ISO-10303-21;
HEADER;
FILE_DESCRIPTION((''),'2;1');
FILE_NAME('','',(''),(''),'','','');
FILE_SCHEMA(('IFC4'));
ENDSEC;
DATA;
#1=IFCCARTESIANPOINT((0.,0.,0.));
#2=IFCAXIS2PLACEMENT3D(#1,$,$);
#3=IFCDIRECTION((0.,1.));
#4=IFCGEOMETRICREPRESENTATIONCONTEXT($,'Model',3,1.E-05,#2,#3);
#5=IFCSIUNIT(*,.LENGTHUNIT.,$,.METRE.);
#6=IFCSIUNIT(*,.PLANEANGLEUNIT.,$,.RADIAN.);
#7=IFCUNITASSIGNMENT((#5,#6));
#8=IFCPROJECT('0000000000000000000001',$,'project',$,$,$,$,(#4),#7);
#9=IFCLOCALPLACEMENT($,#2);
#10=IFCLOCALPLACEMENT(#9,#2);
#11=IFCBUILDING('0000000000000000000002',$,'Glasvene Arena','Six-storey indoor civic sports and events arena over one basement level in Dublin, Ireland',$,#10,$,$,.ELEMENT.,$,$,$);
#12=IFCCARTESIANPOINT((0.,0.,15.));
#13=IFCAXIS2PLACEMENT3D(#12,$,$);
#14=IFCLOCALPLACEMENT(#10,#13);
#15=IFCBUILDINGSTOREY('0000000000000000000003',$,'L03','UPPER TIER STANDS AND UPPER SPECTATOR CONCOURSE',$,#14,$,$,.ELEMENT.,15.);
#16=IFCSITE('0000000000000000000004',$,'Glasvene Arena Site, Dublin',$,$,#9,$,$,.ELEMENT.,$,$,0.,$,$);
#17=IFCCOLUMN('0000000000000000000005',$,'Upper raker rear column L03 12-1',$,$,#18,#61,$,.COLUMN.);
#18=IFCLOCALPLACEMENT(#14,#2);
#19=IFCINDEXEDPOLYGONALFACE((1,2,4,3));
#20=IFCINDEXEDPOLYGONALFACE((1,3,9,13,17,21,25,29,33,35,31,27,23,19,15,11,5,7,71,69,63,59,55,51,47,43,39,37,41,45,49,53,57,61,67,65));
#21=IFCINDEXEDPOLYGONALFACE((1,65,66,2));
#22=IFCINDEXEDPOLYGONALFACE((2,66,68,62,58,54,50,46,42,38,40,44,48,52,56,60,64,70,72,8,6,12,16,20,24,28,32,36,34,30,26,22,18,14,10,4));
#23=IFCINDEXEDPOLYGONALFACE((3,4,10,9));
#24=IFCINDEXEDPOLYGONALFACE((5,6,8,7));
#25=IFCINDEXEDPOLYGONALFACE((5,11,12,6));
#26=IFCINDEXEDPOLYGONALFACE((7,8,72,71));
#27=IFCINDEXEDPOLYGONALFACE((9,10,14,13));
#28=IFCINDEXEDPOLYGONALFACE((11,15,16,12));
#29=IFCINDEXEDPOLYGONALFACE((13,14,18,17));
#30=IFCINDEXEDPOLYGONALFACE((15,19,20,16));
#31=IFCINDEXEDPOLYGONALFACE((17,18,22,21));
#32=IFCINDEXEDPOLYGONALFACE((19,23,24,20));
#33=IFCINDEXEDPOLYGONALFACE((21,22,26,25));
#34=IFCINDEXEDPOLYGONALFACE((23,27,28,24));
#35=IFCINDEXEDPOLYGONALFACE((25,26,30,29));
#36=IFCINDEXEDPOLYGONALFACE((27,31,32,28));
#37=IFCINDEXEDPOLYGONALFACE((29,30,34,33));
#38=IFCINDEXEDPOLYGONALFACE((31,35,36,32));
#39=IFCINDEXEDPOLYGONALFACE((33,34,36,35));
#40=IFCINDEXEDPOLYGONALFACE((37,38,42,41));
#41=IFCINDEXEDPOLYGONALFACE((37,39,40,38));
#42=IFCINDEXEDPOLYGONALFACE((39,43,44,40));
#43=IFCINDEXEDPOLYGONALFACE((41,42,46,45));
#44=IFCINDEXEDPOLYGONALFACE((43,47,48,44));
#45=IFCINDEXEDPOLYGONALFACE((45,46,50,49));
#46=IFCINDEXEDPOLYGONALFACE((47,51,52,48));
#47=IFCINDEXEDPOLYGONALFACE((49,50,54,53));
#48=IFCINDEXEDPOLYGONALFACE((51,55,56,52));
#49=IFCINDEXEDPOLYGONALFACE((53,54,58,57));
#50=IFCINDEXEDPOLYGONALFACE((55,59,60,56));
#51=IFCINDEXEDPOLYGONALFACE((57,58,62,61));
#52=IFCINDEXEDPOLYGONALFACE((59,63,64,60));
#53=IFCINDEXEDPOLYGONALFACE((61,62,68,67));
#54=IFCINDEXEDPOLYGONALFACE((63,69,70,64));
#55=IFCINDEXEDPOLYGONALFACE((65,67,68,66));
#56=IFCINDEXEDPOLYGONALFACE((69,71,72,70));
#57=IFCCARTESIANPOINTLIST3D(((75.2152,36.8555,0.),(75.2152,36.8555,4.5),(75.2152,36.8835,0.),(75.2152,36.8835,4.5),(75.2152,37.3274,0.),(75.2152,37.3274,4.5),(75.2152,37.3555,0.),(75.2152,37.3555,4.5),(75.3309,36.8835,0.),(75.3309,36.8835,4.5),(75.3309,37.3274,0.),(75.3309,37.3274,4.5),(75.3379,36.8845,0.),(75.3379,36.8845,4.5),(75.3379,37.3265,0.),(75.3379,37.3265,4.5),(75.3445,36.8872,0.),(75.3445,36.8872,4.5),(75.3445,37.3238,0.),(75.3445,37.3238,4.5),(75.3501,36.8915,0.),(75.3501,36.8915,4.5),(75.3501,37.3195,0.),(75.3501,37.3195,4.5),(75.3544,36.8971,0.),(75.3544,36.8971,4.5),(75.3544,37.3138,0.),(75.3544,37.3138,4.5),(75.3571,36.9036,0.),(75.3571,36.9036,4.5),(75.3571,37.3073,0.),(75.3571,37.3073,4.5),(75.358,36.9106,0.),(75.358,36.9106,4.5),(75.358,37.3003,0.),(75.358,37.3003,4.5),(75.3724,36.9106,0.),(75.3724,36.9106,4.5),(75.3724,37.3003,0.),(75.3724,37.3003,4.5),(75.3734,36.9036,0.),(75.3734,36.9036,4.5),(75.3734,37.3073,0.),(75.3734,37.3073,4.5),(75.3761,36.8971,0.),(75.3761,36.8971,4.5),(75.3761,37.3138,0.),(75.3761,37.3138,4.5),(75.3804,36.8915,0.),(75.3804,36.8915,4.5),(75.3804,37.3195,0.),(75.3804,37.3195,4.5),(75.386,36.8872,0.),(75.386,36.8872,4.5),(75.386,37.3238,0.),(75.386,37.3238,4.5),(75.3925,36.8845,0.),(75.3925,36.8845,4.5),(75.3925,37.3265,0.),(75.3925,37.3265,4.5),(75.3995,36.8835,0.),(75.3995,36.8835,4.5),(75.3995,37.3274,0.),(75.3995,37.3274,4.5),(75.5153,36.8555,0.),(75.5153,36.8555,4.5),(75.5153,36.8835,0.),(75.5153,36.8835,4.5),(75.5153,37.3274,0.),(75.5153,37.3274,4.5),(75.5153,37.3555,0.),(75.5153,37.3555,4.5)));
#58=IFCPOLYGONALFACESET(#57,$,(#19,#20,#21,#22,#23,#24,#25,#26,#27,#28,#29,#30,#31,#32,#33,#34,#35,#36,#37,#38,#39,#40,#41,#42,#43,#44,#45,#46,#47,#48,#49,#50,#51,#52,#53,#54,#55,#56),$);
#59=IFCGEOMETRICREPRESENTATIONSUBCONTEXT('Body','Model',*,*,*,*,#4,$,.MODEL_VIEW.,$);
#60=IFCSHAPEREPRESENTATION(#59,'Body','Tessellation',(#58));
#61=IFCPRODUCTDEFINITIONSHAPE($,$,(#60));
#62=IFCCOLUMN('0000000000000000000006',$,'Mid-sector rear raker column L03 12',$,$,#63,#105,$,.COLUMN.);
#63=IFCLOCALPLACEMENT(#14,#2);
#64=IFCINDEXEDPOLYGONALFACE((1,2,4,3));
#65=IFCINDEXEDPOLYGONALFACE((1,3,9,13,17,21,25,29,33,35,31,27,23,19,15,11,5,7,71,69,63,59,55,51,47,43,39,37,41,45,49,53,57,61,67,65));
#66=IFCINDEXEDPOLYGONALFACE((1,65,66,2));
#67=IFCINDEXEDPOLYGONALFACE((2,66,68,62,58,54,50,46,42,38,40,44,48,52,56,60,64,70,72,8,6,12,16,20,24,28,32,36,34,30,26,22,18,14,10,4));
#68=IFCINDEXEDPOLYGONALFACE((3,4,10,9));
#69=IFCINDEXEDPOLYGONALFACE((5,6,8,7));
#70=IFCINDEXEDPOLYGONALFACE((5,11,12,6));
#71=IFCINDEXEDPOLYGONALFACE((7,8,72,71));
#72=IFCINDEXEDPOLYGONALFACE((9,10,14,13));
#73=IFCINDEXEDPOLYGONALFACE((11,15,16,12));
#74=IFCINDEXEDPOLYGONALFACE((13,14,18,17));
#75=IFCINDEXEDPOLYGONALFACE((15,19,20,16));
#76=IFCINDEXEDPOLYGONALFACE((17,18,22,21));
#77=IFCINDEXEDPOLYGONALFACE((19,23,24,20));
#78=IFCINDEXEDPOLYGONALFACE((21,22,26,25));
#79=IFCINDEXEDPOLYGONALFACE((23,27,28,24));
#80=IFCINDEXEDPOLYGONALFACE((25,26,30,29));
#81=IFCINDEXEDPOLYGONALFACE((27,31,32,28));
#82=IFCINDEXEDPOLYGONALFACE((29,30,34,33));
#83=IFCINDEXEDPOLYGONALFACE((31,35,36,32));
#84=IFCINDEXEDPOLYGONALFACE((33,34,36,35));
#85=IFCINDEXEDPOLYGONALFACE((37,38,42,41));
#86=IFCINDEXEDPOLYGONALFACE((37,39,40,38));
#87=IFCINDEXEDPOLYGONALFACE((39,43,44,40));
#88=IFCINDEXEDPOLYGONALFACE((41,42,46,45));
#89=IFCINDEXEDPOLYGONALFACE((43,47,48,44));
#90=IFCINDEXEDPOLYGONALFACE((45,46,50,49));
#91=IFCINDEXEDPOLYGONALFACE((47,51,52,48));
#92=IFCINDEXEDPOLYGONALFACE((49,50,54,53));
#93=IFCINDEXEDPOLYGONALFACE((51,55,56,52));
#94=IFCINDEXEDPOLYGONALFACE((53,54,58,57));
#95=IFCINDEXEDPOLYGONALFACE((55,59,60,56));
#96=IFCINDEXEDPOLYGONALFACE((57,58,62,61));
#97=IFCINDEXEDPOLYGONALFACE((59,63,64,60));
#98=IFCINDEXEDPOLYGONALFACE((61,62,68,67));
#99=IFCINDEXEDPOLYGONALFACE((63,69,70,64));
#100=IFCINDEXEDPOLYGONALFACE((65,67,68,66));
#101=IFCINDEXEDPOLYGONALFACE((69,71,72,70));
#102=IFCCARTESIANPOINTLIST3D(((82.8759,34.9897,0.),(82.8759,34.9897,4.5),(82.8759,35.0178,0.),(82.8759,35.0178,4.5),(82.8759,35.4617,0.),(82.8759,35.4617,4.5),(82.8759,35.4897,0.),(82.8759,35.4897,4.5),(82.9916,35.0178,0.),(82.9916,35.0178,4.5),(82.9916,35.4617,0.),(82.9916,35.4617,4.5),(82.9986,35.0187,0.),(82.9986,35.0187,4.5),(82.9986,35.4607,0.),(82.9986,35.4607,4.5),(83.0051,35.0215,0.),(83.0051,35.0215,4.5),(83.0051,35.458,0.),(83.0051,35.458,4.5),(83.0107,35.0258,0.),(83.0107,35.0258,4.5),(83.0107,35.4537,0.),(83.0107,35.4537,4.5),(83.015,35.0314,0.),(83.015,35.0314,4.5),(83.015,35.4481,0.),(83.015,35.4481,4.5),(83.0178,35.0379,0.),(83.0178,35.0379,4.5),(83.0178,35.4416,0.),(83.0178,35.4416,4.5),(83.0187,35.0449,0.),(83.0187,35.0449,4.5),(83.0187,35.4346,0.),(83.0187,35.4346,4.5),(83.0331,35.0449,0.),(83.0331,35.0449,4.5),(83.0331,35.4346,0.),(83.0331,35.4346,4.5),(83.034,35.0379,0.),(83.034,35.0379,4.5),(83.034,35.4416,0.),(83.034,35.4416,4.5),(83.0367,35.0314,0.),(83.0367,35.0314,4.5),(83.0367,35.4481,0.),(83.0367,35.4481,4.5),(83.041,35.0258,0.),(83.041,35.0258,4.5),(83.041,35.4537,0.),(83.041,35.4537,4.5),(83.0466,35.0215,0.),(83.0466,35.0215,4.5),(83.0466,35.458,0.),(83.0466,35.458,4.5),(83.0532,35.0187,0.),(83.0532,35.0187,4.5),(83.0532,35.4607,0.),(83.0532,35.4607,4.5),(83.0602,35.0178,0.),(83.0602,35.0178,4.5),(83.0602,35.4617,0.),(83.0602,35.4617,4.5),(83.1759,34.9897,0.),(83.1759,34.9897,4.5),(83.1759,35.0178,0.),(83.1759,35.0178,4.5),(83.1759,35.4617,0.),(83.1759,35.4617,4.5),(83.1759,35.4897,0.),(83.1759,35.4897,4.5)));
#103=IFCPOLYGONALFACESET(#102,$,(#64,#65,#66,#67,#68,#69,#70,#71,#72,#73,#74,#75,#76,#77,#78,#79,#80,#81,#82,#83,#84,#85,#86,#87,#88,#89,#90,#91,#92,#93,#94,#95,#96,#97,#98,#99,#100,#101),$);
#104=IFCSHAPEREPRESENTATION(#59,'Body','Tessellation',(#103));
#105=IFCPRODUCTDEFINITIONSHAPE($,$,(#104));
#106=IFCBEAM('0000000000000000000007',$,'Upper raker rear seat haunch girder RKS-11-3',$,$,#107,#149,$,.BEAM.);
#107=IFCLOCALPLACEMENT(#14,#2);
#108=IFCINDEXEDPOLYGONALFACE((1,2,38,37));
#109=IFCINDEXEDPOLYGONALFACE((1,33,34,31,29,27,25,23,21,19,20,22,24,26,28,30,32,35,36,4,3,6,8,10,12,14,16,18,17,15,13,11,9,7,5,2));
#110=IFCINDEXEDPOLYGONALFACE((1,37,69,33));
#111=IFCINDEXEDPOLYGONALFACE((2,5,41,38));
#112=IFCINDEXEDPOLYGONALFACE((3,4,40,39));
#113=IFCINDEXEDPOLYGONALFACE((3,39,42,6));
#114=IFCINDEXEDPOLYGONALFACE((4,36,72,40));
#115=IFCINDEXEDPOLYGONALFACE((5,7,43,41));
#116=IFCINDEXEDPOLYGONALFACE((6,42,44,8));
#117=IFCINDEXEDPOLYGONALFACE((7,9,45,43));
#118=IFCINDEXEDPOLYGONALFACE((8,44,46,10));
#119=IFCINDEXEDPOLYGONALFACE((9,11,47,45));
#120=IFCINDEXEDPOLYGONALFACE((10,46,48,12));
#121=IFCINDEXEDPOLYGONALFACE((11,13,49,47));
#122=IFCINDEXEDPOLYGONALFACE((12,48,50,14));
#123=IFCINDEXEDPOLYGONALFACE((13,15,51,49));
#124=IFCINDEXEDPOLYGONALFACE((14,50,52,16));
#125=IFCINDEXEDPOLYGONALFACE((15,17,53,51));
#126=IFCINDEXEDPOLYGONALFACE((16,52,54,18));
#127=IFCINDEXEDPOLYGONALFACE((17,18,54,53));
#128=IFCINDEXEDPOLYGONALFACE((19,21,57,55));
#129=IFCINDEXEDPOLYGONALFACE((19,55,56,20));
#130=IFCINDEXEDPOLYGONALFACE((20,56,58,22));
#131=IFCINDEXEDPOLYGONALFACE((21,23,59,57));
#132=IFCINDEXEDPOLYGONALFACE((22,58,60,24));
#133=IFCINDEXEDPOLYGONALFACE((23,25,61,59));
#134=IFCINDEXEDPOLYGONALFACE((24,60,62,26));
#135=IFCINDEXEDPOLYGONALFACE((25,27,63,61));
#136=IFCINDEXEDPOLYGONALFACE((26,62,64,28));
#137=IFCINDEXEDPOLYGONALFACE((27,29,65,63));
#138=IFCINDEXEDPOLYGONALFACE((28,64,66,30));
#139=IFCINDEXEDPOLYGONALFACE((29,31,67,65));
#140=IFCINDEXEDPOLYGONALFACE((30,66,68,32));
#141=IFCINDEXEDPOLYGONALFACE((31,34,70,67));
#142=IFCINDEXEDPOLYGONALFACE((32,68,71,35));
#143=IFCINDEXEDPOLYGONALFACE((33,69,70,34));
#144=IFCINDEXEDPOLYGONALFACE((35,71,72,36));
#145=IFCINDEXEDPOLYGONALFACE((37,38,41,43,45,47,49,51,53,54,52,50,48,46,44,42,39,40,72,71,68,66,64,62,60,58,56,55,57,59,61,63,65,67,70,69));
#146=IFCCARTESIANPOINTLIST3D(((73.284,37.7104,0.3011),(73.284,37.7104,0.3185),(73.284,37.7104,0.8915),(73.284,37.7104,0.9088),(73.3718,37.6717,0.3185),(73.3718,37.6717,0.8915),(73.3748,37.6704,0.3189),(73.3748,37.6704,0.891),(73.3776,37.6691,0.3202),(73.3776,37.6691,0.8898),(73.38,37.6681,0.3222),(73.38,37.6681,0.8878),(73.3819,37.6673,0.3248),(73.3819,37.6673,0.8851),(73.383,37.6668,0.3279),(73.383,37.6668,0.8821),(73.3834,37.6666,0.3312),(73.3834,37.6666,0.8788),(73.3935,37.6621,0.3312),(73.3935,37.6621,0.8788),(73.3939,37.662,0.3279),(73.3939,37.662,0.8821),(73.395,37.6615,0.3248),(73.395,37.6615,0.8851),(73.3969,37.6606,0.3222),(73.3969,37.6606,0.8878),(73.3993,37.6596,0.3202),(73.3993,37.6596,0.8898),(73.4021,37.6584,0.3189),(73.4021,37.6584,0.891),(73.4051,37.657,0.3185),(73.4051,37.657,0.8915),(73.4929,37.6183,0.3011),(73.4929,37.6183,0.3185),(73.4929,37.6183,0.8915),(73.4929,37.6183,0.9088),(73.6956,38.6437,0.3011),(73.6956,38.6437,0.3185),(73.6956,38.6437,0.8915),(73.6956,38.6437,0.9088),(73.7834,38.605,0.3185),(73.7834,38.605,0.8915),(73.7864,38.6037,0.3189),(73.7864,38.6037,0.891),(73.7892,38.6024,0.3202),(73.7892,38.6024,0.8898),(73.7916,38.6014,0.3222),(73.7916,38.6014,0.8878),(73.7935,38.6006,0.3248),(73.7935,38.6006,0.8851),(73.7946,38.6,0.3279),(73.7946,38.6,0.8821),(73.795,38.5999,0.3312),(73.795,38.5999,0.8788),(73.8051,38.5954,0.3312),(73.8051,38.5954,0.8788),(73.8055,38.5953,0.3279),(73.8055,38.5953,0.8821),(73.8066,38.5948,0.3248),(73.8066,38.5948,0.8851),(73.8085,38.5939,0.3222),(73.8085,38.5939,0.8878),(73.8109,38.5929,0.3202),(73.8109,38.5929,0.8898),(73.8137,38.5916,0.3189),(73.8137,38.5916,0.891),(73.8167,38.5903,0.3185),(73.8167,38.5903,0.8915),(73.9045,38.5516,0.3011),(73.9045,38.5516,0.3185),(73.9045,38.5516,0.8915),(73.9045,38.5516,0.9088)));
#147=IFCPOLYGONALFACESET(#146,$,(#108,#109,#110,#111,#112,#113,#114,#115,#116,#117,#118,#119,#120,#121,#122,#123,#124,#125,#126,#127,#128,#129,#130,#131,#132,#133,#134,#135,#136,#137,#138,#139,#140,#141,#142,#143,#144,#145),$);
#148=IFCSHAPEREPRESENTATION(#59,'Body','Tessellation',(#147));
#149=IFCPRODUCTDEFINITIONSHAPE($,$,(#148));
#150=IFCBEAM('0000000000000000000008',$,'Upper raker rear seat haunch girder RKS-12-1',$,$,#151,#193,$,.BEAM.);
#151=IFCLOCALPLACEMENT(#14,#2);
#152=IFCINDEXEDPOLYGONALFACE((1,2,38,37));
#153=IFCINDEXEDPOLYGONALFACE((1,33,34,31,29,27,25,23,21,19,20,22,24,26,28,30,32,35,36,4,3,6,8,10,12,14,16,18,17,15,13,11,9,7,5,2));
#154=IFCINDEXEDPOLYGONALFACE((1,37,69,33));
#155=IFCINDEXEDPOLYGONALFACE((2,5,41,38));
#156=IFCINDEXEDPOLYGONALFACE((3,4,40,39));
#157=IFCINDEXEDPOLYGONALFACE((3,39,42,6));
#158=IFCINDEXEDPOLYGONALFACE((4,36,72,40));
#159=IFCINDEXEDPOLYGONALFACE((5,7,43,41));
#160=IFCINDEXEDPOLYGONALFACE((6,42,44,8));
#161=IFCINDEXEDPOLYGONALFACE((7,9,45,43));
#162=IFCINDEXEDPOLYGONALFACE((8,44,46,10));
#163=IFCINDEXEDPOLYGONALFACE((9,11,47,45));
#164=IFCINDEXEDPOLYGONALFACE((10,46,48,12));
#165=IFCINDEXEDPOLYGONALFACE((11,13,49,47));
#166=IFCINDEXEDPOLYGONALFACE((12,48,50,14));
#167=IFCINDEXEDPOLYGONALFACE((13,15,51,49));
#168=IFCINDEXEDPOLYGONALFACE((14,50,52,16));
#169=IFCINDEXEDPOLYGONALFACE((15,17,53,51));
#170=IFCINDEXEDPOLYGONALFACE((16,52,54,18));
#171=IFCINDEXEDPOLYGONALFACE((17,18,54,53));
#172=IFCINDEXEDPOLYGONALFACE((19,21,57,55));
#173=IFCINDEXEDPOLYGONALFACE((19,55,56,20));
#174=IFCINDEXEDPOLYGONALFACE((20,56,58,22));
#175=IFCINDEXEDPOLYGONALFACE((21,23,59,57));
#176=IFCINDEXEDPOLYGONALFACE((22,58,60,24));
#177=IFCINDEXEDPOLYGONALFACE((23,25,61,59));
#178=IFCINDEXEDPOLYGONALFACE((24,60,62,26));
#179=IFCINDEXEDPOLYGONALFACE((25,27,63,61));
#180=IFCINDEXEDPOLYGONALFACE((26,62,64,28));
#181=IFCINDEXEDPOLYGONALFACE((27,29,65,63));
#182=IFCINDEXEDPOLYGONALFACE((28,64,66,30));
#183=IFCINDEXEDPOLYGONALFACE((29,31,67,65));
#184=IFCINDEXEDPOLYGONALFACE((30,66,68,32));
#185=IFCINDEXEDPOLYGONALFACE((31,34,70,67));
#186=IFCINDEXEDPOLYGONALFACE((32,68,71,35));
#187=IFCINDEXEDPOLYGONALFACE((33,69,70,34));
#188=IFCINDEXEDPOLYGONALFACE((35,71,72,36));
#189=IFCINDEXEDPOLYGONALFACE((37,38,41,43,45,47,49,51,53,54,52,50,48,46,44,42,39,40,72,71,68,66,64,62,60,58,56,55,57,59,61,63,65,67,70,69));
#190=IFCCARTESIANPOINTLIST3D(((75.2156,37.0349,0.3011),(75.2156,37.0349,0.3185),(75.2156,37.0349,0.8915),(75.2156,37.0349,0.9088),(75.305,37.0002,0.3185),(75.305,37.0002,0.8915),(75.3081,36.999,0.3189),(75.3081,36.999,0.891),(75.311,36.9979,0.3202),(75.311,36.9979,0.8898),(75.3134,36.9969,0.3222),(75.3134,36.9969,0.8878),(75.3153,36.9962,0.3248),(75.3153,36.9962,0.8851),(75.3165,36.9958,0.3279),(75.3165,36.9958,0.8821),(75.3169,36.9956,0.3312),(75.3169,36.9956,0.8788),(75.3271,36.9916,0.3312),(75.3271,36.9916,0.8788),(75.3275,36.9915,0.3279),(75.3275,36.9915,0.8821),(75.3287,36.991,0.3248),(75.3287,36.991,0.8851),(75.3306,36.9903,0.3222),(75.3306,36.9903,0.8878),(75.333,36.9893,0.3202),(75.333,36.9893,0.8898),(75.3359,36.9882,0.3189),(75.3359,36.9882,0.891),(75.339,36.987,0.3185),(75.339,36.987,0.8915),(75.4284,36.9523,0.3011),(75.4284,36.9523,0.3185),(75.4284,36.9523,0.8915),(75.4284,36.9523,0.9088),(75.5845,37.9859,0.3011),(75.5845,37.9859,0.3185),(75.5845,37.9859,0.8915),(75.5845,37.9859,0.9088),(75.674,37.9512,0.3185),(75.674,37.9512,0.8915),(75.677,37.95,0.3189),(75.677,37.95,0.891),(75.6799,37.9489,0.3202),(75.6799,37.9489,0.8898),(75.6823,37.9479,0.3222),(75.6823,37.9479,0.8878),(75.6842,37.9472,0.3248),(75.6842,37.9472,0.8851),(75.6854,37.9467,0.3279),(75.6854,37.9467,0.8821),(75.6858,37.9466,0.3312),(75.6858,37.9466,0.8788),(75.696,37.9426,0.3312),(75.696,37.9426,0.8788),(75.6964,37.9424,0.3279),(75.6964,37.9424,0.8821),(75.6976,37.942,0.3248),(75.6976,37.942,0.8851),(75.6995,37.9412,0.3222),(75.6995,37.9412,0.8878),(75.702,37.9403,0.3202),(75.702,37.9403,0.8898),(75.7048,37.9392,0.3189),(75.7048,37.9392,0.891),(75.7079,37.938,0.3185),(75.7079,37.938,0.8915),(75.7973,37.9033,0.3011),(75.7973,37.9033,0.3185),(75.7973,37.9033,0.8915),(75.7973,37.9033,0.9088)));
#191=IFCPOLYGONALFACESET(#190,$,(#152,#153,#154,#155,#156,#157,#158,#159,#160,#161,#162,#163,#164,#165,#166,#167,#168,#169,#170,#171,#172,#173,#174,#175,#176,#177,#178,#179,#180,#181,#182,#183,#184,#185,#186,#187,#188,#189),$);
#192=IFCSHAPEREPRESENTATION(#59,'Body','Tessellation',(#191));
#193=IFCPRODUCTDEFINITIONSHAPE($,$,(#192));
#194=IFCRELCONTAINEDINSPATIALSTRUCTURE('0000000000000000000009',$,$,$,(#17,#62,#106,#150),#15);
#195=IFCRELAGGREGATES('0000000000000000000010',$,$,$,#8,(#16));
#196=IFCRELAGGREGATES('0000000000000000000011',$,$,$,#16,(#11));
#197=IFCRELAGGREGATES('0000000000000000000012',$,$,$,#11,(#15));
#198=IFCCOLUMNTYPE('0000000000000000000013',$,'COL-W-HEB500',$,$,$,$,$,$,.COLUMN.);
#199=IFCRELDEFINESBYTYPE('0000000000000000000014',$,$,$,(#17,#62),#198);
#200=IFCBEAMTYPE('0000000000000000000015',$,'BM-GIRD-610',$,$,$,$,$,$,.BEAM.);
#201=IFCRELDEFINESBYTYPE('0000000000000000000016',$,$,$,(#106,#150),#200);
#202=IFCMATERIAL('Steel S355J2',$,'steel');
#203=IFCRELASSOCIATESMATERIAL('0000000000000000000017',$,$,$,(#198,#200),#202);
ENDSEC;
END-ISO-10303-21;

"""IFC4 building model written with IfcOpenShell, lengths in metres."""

from ifc_helpers import new_model, si_unit, direction, frame, origin, origin_2d, place, context, subcontext, project, spatial, i_section, extrude, material, material_profile, profile_set, type_object, element, save


model = new_model("IFC4")

# Units and contexts
model_context = context("Model", 3, precision=1e-05, world=origin(), true_north=direction((0.0, 1.0)))
body_context = subcontext(model_context, "Body", "Model", "MODEL_VIEW")
ifc_project = project(units=[si_unit("LENGTHUNIT", "METRE"), si_unit("PLANEANGLEUNIT", "RADIAN")], contexts=[model_context])

# Site, building, storey
site_placement = place(None, origin())
site = spatial("IfcSite", under=ifc_project, at=site_placement, Name="Glasvene Arena Site, Dublin", CompositionType="ELEMENT", RefElevation=0.0)
building_placement = place(site_placement, origin())
building = spatial("IfcBuilding", under=site, at=building_placement, Name="Glasvene Arena", Description="Six-storey indoor civic sports and events arena over one basement level in Dublin, Ireland", CompositionType="ELEMENT")
storey_placement = place(building_placement, frame((0.0, 0.0, 15.0)))
storey = spatial("IfcBuildingStorey", under=building, at=storey_placement, Name="L03", Description="UPPER TIER STANDS AND UPPER SPECTATOR CONCOURSE", CompositionType="ELEMENT", Elevation=15.0)

# Columns
ifc_material_1 = material(Name="Steel S355J2", Category="steel")
ifc_material_profile_1 = material_profile(ifc_material_1, i_section(OverallWidth=0.3, OverallDepth=0.5, WebThickness=0.0144, FlangeThickness=0.0281, FilletRadius=0.0271, at=origin_2d()), Name="HEB 500")
ifc_profile_set_1 = profile_set([ifc_material_profile_1], Name="Steel S355J2")
column_type_1 = type_object("IfcColumnType", Name="COL-W-HEB500", PredefinedType="COLUMN", material=ifc_profile_set_1)
for number, where, z_axis, x_axis, name in (
    (1, (75.3652, 37.1055, 0.0), (0.0, 0.0, 1.0), (1.0, 0.0, 0.0), "Upper raker rear column L03 12-1"),
    (2, (83.0259, 35.2397, 0.0), (0.0, 0.0, 1.0), (1.0, 0.0, 0.0), "Mid-sector rear raker column L03 12"),
):
    element("IfcColumn", number, at=place(storey_placement, frame(where, z_axis=z_axis, x_axis=x_axis)), inside=storey, type_object=column_type_1, Name=name, PredefinedType="COLUMN", context=body_context, shape_type="SweptSolid", body=[
        extrude(i_section(OverallWidth=0.3, OverallDepth=0.5, WebThickness=0.0144, FlangeThickness=0.0281, FilletRadius=0.0271, at=origin_2d()), origin(), (0.0, 0.0, 1.0), 4.5),
    ])

# Beams
ifc_material_profile_2 = material_profile(ifc_material_1, i_section(OverallWidth=0.2283, OverallDepth=0.6077, WebThickness=0.011, FlangeThickness=0.0173, FilletRadius=0.0127, at=origin_2d()), Name="UKB 610x229x113")
ifc_profile_set_2 = profile_set([ifc_material_profile_2], Name="Steel S355J2")
beam_type_1 = type_object("IfcBeamType", Name="BM-GIRD-610", PredefinedType="BEAM", material=ifc_profile_set_2)
for number, where, z_axis, x_axis, name in (
    (3, (73.8, 38.5977, 0.605), (-0.403516, -0.914972, 0.0), (0.914972, -0.403516, 0.0), "Upper raker rear seat haunch girder RKS-11-3"),
    (4, (75.6909, 37.9446, 0.605), (-0.361672, -0.932305, 0.0), (0.932305, -0.361672, 0.0), "Upper raker rear seat haunch girder RKS-12-1"),
):
    element("IfcBeam", number, at=place(storey_placement, frame(where, z_axis=z_axis, x_axis=x_axis)), inside=storey, type_object=beam_type_1, Name=name, PredefinedType="BEAM", context=body_context, shape_type="SweptSolid", body=[
        extrude(i_section(OverallWidth=0.2283, OverallDepth=0.6077, WebThickness=0.011, FlangeThickness=0.0173, FilletRadius=0.0127, at=origin_2d()), origin(), (0.0, 0.0, 1.0), 1.02),
    ])

save(model, "model.ifc")
